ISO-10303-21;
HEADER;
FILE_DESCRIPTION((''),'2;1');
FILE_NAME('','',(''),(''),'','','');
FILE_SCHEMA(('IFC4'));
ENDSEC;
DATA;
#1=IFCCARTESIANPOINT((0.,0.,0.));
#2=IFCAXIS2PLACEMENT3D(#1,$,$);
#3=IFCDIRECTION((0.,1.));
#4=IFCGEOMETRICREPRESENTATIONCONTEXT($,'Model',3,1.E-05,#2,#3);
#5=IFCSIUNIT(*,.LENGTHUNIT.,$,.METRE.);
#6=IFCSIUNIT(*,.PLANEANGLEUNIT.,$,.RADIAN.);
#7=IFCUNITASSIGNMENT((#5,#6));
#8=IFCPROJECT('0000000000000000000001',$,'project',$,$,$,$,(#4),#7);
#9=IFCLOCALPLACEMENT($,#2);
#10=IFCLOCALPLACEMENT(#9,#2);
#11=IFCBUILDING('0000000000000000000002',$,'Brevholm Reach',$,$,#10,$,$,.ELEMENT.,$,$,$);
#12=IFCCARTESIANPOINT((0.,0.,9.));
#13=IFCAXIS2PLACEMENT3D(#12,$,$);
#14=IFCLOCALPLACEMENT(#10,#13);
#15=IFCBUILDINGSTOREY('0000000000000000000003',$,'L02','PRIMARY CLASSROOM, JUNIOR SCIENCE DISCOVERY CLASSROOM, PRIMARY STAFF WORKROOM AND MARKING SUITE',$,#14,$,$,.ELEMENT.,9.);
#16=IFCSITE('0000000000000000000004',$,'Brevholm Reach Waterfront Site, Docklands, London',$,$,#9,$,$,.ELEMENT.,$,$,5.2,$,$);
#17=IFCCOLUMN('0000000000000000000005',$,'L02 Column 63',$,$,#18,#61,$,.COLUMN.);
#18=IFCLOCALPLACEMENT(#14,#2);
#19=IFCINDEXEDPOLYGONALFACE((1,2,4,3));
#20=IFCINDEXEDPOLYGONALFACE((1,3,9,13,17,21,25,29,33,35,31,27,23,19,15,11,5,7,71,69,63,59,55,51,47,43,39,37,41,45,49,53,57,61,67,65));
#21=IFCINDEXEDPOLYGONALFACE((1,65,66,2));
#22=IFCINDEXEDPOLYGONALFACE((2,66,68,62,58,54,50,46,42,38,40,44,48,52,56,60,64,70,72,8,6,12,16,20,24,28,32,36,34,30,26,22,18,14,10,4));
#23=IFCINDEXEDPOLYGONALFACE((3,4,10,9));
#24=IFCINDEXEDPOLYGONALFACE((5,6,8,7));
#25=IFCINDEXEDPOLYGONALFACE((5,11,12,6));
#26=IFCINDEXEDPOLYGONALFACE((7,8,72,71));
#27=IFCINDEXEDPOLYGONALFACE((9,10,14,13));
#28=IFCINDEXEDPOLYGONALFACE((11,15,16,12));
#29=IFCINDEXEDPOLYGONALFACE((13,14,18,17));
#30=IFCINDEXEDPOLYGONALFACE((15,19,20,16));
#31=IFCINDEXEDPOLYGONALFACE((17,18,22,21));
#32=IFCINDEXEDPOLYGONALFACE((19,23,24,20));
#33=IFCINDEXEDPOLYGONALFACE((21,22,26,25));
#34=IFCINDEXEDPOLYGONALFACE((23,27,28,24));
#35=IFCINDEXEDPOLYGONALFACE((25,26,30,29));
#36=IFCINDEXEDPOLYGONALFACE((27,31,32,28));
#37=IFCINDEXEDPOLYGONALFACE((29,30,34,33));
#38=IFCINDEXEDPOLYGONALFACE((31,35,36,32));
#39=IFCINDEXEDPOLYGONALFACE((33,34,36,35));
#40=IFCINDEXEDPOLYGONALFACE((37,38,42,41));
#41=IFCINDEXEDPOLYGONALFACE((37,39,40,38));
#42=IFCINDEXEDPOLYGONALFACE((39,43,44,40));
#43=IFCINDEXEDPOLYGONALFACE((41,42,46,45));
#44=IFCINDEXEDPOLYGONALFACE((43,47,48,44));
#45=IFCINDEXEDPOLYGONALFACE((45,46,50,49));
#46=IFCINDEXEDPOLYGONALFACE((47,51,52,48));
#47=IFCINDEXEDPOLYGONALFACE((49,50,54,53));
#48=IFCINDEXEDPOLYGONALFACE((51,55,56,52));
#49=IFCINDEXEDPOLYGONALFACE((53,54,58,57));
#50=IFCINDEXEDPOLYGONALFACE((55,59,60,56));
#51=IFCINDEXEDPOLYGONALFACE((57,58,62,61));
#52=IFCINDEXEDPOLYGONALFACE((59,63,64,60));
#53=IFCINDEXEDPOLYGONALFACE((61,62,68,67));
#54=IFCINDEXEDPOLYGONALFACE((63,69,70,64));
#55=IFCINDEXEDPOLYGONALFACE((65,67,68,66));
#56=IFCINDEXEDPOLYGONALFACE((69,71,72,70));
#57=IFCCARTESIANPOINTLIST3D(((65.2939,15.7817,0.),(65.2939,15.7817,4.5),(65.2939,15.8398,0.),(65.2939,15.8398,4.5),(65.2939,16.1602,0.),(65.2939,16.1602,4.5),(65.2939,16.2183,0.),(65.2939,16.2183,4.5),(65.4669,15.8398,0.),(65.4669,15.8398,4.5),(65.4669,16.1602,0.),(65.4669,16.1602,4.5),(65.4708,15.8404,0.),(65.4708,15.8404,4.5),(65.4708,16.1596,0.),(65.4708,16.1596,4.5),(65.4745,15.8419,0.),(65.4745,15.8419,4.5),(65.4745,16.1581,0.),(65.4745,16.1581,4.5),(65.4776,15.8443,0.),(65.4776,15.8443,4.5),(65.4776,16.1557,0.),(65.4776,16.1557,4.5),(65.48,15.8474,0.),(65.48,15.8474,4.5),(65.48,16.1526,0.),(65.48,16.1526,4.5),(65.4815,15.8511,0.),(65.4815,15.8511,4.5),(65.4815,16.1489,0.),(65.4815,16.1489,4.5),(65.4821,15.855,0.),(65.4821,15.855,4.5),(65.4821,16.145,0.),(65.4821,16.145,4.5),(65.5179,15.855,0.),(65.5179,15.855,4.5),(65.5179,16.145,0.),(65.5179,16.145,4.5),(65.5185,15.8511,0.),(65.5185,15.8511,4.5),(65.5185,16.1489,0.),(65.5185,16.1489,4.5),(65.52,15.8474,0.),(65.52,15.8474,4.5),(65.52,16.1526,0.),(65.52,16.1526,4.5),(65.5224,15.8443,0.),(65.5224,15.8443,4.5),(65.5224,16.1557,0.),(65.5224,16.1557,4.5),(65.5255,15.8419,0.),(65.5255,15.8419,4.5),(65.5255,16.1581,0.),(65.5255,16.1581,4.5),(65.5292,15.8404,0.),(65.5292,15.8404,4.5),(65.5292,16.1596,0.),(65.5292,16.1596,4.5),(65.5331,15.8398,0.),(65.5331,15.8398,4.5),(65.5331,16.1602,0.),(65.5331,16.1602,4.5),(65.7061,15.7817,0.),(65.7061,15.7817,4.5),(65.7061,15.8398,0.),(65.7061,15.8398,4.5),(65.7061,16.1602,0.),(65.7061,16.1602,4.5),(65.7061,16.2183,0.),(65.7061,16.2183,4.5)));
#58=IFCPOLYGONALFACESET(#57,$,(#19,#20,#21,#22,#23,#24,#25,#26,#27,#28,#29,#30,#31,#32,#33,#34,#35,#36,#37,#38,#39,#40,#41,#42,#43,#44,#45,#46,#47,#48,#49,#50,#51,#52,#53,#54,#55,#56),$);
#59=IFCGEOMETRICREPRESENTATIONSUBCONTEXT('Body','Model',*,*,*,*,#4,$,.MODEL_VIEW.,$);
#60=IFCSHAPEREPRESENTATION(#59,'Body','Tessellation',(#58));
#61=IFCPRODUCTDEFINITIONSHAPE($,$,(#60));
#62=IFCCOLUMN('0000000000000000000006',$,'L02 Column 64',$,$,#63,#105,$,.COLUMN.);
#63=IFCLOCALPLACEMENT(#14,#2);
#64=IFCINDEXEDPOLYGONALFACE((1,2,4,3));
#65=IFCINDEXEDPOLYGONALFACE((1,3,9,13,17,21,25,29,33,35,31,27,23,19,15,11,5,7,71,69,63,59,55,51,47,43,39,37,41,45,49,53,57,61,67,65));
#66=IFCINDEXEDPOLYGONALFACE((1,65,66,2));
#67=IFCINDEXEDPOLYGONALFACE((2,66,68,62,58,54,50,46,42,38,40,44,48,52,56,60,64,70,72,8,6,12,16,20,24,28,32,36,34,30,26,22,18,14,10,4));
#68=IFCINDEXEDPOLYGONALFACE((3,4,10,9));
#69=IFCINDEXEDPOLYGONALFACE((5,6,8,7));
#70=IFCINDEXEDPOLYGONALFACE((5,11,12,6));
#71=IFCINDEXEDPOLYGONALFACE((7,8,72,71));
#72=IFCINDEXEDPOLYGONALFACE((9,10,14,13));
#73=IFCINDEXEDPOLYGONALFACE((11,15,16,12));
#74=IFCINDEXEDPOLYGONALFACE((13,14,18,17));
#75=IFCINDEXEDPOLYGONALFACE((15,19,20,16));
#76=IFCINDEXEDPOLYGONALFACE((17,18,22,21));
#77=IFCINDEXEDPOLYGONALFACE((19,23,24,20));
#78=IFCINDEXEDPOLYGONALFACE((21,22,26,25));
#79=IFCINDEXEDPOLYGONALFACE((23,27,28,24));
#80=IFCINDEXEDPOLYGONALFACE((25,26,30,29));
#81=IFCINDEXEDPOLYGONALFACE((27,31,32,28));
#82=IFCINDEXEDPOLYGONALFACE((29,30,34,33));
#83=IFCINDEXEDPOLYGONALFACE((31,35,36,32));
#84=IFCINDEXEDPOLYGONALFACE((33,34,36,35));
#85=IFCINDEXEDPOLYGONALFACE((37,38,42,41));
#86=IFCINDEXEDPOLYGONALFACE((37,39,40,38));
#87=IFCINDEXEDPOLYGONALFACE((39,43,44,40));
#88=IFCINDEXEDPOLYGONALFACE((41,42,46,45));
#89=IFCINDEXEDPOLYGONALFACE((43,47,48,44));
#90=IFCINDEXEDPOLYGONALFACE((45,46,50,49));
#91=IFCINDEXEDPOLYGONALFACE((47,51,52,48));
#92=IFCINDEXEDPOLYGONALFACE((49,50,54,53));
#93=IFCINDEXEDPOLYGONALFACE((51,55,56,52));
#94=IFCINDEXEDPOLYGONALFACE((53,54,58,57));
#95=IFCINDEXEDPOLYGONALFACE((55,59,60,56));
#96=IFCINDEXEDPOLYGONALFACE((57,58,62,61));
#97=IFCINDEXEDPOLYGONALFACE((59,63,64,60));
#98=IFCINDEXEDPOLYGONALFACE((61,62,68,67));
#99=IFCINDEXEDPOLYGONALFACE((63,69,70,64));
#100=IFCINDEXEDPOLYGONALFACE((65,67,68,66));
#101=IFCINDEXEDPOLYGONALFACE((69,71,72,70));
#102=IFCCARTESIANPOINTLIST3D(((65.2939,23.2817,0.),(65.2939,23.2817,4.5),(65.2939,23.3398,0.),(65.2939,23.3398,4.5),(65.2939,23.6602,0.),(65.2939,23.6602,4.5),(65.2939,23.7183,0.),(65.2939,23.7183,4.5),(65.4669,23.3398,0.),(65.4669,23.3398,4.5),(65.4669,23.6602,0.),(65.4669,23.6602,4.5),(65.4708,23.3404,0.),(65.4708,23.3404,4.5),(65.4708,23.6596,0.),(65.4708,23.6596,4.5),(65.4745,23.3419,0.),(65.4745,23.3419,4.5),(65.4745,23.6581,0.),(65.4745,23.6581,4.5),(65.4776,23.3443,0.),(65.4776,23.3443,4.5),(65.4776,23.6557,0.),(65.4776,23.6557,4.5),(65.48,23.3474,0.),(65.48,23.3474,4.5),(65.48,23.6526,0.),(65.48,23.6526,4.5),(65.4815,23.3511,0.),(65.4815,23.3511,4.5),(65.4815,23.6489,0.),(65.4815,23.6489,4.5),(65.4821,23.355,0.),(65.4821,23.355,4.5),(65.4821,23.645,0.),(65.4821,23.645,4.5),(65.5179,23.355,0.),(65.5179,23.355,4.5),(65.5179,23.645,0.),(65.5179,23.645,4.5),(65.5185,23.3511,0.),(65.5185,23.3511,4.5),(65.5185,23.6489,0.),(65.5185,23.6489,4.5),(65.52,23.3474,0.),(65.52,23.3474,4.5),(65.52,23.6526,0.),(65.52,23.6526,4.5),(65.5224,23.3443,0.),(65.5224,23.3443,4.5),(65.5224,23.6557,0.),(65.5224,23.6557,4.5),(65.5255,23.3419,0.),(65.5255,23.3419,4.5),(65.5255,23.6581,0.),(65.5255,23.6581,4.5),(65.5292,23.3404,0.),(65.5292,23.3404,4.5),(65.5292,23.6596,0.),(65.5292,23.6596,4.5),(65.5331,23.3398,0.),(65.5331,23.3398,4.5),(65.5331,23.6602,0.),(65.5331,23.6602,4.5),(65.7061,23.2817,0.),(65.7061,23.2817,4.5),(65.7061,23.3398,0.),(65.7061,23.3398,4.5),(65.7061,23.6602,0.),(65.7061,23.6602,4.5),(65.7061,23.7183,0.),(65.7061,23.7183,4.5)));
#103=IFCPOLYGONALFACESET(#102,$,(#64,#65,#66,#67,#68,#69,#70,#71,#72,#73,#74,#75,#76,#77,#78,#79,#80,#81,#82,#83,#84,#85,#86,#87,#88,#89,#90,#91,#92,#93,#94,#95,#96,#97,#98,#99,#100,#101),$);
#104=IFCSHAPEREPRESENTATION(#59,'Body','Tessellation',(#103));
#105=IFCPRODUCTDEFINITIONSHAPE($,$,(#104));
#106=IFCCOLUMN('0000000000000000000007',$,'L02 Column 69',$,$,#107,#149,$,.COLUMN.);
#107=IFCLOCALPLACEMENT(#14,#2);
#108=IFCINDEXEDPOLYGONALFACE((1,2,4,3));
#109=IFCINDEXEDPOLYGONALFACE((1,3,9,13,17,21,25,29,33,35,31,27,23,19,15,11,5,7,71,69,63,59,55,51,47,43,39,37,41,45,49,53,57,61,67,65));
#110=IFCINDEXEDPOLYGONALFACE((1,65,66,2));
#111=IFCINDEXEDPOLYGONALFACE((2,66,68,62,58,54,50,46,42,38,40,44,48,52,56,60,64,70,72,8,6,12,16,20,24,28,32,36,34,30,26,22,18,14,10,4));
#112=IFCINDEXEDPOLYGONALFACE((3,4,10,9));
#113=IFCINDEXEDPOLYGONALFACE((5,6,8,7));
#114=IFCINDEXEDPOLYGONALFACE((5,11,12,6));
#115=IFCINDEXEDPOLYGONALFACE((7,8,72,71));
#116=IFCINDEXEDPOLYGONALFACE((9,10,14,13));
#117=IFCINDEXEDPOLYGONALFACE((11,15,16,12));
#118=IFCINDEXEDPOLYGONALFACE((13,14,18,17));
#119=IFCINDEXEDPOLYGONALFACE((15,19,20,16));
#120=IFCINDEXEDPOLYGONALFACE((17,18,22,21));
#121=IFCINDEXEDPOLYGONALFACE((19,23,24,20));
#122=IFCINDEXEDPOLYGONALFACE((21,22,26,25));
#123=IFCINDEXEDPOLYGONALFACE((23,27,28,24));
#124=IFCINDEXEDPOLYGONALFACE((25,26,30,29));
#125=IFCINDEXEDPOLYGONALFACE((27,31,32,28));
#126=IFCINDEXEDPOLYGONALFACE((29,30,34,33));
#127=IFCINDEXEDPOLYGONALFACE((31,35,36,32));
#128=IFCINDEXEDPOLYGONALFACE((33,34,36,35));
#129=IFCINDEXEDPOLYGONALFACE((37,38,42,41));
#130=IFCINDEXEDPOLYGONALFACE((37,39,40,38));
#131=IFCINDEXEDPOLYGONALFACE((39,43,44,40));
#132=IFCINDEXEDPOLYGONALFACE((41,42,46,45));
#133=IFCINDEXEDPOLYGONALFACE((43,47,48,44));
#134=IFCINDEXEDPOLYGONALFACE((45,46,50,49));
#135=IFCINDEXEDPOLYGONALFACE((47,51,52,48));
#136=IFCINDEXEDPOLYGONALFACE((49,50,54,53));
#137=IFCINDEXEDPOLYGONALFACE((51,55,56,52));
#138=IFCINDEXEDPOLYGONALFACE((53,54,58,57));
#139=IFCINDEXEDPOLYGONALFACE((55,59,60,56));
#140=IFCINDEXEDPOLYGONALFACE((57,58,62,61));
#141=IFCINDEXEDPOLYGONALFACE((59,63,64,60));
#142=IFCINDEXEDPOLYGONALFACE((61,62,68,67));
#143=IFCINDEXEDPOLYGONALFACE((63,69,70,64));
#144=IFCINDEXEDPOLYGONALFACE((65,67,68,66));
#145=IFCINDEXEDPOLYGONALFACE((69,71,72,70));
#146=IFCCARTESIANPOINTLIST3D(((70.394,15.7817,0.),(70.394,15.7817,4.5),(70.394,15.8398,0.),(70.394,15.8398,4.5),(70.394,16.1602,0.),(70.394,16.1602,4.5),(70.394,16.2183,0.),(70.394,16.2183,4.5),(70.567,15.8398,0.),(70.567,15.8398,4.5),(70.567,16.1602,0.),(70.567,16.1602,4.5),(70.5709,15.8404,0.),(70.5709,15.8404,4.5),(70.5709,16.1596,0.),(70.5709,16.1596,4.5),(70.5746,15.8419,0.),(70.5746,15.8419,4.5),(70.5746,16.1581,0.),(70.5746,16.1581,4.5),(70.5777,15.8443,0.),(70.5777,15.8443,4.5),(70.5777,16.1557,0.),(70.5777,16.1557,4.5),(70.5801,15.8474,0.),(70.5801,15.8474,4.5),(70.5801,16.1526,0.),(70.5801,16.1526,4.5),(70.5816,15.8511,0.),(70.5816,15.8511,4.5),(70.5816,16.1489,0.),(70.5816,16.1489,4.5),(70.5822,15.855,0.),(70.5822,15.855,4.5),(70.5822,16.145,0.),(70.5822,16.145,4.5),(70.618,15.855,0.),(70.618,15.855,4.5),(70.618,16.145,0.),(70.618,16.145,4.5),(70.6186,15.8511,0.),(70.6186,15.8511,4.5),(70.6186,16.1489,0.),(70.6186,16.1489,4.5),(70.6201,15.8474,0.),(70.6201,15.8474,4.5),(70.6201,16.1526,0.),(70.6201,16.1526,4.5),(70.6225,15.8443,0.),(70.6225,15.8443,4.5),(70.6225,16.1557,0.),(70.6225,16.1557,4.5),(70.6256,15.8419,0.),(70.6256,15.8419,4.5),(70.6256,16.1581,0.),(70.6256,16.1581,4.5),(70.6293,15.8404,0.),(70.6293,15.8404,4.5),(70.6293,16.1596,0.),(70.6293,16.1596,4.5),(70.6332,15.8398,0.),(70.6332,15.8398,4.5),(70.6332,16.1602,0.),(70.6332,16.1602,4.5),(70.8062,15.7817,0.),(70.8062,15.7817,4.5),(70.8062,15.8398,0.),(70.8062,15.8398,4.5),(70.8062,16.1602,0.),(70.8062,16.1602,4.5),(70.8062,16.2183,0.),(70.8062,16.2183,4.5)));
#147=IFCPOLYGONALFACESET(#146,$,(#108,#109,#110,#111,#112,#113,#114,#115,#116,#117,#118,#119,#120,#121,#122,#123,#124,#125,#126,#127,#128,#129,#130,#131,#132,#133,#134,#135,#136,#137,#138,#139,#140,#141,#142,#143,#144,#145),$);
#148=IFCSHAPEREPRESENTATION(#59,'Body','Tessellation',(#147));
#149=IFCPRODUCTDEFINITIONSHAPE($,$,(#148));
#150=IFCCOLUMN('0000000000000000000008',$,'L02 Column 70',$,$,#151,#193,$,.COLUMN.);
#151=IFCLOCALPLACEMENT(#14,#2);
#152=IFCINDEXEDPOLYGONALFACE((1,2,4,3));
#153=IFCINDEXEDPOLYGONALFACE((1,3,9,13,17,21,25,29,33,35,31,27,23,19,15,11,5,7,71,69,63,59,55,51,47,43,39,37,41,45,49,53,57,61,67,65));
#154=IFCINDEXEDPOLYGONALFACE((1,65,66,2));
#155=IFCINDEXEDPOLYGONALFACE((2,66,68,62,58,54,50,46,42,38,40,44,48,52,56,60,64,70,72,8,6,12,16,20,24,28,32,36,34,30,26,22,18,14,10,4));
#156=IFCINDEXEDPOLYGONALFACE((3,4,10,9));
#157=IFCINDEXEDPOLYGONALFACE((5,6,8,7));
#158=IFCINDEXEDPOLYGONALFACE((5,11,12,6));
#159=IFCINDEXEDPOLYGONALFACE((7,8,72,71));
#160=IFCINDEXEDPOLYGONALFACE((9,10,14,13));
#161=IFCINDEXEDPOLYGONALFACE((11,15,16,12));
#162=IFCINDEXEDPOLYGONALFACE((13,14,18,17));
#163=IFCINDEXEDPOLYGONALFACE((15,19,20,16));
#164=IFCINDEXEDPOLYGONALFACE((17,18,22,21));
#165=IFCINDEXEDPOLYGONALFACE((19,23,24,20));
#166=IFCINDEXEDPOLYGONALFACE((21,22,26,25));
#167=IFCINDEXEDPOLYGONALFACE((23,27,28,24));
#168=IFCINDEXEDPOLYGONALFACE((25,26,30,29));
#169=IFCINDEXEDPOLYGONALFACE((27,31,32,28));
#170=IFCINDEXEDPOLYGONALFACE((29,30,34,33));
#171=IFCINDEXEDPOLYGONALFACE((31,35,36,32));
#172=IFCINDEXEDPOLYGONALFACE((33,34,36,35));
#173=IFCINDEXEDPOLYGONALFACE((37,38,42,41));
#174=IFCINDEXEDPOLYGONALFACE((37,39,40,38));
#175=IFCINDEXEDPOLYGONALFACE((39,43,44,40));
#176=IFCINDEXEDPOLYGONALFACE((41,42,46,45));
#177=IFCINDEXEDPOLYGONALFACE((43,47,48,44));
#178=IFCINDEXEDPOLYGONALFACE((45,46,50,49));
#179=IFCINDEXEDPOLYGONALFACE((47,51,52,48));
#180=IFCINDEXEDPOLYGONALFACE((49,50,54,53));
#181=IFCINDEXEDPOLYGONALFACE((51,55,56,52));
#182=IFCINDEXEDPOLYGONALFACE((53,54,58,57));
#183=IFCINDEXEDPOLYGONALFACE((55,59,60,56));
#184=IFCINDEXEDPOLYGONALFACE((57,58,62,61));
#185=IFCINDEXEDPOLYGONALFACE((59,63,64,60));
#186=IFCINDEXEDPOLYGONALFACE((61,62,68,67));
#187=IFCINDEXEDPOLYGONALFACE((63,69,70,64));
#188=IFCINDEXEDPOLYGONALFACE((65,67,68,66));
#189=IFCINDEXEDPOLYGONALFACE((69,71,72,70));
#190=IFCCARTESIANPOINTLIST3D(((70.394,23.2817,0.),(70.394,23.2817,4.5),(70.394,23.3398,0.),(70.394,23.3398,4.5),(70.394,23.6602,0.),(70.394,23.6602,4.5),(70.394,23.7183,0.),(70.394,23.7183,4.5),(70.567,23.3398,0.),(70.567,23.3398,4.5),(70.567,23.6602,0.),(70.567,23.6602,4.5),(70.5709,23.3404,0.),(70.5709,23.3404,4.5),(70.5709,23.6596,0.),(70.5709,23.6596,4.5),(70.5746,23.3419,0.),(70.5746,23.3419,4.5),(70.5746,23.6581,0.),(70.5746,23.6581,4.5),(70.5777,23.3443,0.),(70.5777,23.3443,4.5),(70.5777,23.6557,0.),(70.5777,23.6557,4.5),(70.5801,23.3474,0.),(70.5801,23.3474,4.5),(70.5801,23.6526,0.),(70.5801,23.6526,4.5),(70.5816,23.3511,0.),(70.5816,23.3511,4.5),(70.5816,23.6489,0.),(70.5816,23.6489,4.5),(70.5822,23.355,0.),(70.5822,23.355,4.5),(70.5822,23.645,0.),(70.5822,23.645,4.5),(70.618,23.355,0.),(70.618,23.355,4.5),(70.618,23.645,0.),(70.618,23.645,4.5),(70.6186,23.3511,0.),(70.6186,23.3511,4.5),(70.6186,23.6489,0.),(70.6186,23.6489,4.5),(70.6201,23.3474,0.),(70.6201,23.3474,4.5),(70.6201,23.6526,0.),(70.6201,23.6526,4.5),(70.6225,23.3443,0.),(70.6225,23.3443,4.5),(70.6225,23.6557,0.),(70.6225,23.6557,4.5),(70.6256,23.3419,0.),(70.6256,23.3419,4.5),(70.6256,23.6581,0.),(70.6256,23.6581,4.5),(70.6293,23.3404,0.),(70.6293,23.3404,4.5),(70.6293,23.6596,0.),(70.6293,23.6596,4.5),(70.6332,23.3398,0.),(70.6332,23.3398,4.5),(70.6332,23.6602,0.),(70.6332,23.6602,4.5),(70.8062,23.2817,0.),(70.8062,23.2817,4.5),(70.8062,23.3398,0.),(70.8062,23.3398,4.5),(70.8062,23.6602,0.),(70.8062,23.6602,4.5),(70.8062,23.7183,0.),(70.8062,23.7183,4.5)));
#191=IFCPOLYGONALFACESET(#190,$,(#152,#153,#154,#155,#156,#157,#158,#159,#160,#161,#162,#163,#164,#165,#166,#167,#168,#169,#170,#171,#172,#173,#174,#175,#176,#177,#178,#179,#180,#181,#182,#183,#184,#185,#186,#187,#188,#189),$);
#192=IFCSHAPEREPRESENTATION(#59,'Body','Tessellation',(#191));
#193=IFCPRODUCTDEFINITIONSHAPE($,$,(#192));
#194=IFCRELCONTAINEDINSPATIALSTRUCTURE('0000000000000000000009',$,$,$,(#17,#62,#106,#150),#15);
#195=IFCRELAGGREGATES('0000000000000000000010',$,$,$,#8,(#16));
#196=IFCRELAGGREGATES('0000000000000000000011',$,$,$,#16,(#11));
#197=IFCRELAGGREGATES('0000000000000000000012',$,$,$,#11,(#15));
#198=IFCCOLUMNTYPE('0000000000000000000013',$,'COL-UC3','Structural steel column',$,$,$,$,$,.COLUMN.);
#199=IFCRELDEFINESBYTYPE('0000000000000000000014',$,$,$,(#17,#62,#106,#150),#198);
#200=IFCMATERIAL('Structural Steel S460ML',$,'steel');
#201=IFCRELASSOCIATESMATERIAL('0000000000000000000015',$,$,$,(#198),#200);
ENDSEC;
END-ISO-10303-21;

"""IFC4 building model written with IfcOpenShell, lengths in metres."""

from ifc_helpers import new_model, si_unit, direction, frame, origin, origin_2d, place, context, subcontext, project, spatial, i_section, extrude, material, material_profile, profile_set, type_object, element, save


model = new_model("IFC4")

# Units and contexts
model_context = context("Model", 3, precision=1e-05, world=origin(), true_north=direction((0.0, 1.0)))
body_context = subcontext(model_context, "Body", "Model", "MODEL_VIEW")
ifc_project = project(units=[si_unit("LENGTHUNIT", "METRE"), si_unit("PLANEANGLEUNIT", "RADIAN")], contexts=[model_context])

# Site, building, storey
site_placement = place(None, origin())
site = spatial("IfcSite", under=ifc_project, at=site_placement, Name="Brevholm Reach Waterfront Site, Docklands, London", CompositionType="ELEMENT", RefElevation=5.2)
building_placement = place(site_placement, origin())
building = spatial("IfcBuilding", under=site, at=building_placement, Name="Brevholm Reach", CompositionType="ELEMENT")
storey_placement = place(building_placement, frame((0.0, 0.0, 9.0)))
storey = spatial("IfcBuildingStorey", under=building, at=storey_placement, Name="L02", Description="PRIMARY CLASSROOM, JUNIOR SCIENCE DISCOVERY CLASSROOM, PRIMARY STAFF WORKROOM AND MARKING SUITE", CompositionType="ELEMENT", Elevation=9.0)

# Columns
ifc_material_1 = material(Name="Structural Steel S460ML", Category="steel")
ifc_material_profile_1 = material_profile(ifc_material_1, i_section(OverallWidth=0.4121, OverallDepth=0.4365, WebThickness=0.0359, FlangeThickness=0.0581, FilletRadius=0.0151, at=origin_2d()), Name="UKC 356x406x467")
ifc_profile_set_1 = profile_set([ifc_material_profile_1], Name="Structural Steel S460ML")
column_type_1 = type_object("IfcColumnType", Name="COL-UC3", Description="Structural steel column", PredefinedType="COLUMN", material=ifc_profile_set_1)
for number, where, z_axis, x_axis, name in (
    (1, (65.5, 16.0, 0.0), (0.0, 0.0, 1.0), (1.0, 0.0, 0.0), "L02 Column 63"),
    (2, (65.5, 23.5, 0.0), (0.0, 0.0, 1.0), (1.0, 0.0, 0.0), "L02 Column 64"),
    (3, (70.6001, 16.0, 0.0), (0.0, 0.0, 1.0), (1.0, 0.0, 0.0), "L02 Column 69"),
    (4, (70.6001, 23.5, 0.0), (0.0, 0.0, 1.0), (1.0, 0.0, 0.0), "L02 Column 70"),
):
    element("IfcColumn", number, at=place(storey_placement, frame(where, z_axis=z_axis, x_axis=x_axis)), inside=storey, type_object=column_type_1, Name=name, PredefinedType="COLUMN", context=body_context, shape_type="SweptSolid", body=[
        extrude(i_section(OverallWidth=0.4121, OverallDepth=0.4365, WebThickness=0.0359, FlangeThickness=0.0581, FilletRadius=0.0151, at=origin_2d()), origin(), (0.0, 0.0, 1.0), 4.5),
    ])

save(model, "model.ifc")
